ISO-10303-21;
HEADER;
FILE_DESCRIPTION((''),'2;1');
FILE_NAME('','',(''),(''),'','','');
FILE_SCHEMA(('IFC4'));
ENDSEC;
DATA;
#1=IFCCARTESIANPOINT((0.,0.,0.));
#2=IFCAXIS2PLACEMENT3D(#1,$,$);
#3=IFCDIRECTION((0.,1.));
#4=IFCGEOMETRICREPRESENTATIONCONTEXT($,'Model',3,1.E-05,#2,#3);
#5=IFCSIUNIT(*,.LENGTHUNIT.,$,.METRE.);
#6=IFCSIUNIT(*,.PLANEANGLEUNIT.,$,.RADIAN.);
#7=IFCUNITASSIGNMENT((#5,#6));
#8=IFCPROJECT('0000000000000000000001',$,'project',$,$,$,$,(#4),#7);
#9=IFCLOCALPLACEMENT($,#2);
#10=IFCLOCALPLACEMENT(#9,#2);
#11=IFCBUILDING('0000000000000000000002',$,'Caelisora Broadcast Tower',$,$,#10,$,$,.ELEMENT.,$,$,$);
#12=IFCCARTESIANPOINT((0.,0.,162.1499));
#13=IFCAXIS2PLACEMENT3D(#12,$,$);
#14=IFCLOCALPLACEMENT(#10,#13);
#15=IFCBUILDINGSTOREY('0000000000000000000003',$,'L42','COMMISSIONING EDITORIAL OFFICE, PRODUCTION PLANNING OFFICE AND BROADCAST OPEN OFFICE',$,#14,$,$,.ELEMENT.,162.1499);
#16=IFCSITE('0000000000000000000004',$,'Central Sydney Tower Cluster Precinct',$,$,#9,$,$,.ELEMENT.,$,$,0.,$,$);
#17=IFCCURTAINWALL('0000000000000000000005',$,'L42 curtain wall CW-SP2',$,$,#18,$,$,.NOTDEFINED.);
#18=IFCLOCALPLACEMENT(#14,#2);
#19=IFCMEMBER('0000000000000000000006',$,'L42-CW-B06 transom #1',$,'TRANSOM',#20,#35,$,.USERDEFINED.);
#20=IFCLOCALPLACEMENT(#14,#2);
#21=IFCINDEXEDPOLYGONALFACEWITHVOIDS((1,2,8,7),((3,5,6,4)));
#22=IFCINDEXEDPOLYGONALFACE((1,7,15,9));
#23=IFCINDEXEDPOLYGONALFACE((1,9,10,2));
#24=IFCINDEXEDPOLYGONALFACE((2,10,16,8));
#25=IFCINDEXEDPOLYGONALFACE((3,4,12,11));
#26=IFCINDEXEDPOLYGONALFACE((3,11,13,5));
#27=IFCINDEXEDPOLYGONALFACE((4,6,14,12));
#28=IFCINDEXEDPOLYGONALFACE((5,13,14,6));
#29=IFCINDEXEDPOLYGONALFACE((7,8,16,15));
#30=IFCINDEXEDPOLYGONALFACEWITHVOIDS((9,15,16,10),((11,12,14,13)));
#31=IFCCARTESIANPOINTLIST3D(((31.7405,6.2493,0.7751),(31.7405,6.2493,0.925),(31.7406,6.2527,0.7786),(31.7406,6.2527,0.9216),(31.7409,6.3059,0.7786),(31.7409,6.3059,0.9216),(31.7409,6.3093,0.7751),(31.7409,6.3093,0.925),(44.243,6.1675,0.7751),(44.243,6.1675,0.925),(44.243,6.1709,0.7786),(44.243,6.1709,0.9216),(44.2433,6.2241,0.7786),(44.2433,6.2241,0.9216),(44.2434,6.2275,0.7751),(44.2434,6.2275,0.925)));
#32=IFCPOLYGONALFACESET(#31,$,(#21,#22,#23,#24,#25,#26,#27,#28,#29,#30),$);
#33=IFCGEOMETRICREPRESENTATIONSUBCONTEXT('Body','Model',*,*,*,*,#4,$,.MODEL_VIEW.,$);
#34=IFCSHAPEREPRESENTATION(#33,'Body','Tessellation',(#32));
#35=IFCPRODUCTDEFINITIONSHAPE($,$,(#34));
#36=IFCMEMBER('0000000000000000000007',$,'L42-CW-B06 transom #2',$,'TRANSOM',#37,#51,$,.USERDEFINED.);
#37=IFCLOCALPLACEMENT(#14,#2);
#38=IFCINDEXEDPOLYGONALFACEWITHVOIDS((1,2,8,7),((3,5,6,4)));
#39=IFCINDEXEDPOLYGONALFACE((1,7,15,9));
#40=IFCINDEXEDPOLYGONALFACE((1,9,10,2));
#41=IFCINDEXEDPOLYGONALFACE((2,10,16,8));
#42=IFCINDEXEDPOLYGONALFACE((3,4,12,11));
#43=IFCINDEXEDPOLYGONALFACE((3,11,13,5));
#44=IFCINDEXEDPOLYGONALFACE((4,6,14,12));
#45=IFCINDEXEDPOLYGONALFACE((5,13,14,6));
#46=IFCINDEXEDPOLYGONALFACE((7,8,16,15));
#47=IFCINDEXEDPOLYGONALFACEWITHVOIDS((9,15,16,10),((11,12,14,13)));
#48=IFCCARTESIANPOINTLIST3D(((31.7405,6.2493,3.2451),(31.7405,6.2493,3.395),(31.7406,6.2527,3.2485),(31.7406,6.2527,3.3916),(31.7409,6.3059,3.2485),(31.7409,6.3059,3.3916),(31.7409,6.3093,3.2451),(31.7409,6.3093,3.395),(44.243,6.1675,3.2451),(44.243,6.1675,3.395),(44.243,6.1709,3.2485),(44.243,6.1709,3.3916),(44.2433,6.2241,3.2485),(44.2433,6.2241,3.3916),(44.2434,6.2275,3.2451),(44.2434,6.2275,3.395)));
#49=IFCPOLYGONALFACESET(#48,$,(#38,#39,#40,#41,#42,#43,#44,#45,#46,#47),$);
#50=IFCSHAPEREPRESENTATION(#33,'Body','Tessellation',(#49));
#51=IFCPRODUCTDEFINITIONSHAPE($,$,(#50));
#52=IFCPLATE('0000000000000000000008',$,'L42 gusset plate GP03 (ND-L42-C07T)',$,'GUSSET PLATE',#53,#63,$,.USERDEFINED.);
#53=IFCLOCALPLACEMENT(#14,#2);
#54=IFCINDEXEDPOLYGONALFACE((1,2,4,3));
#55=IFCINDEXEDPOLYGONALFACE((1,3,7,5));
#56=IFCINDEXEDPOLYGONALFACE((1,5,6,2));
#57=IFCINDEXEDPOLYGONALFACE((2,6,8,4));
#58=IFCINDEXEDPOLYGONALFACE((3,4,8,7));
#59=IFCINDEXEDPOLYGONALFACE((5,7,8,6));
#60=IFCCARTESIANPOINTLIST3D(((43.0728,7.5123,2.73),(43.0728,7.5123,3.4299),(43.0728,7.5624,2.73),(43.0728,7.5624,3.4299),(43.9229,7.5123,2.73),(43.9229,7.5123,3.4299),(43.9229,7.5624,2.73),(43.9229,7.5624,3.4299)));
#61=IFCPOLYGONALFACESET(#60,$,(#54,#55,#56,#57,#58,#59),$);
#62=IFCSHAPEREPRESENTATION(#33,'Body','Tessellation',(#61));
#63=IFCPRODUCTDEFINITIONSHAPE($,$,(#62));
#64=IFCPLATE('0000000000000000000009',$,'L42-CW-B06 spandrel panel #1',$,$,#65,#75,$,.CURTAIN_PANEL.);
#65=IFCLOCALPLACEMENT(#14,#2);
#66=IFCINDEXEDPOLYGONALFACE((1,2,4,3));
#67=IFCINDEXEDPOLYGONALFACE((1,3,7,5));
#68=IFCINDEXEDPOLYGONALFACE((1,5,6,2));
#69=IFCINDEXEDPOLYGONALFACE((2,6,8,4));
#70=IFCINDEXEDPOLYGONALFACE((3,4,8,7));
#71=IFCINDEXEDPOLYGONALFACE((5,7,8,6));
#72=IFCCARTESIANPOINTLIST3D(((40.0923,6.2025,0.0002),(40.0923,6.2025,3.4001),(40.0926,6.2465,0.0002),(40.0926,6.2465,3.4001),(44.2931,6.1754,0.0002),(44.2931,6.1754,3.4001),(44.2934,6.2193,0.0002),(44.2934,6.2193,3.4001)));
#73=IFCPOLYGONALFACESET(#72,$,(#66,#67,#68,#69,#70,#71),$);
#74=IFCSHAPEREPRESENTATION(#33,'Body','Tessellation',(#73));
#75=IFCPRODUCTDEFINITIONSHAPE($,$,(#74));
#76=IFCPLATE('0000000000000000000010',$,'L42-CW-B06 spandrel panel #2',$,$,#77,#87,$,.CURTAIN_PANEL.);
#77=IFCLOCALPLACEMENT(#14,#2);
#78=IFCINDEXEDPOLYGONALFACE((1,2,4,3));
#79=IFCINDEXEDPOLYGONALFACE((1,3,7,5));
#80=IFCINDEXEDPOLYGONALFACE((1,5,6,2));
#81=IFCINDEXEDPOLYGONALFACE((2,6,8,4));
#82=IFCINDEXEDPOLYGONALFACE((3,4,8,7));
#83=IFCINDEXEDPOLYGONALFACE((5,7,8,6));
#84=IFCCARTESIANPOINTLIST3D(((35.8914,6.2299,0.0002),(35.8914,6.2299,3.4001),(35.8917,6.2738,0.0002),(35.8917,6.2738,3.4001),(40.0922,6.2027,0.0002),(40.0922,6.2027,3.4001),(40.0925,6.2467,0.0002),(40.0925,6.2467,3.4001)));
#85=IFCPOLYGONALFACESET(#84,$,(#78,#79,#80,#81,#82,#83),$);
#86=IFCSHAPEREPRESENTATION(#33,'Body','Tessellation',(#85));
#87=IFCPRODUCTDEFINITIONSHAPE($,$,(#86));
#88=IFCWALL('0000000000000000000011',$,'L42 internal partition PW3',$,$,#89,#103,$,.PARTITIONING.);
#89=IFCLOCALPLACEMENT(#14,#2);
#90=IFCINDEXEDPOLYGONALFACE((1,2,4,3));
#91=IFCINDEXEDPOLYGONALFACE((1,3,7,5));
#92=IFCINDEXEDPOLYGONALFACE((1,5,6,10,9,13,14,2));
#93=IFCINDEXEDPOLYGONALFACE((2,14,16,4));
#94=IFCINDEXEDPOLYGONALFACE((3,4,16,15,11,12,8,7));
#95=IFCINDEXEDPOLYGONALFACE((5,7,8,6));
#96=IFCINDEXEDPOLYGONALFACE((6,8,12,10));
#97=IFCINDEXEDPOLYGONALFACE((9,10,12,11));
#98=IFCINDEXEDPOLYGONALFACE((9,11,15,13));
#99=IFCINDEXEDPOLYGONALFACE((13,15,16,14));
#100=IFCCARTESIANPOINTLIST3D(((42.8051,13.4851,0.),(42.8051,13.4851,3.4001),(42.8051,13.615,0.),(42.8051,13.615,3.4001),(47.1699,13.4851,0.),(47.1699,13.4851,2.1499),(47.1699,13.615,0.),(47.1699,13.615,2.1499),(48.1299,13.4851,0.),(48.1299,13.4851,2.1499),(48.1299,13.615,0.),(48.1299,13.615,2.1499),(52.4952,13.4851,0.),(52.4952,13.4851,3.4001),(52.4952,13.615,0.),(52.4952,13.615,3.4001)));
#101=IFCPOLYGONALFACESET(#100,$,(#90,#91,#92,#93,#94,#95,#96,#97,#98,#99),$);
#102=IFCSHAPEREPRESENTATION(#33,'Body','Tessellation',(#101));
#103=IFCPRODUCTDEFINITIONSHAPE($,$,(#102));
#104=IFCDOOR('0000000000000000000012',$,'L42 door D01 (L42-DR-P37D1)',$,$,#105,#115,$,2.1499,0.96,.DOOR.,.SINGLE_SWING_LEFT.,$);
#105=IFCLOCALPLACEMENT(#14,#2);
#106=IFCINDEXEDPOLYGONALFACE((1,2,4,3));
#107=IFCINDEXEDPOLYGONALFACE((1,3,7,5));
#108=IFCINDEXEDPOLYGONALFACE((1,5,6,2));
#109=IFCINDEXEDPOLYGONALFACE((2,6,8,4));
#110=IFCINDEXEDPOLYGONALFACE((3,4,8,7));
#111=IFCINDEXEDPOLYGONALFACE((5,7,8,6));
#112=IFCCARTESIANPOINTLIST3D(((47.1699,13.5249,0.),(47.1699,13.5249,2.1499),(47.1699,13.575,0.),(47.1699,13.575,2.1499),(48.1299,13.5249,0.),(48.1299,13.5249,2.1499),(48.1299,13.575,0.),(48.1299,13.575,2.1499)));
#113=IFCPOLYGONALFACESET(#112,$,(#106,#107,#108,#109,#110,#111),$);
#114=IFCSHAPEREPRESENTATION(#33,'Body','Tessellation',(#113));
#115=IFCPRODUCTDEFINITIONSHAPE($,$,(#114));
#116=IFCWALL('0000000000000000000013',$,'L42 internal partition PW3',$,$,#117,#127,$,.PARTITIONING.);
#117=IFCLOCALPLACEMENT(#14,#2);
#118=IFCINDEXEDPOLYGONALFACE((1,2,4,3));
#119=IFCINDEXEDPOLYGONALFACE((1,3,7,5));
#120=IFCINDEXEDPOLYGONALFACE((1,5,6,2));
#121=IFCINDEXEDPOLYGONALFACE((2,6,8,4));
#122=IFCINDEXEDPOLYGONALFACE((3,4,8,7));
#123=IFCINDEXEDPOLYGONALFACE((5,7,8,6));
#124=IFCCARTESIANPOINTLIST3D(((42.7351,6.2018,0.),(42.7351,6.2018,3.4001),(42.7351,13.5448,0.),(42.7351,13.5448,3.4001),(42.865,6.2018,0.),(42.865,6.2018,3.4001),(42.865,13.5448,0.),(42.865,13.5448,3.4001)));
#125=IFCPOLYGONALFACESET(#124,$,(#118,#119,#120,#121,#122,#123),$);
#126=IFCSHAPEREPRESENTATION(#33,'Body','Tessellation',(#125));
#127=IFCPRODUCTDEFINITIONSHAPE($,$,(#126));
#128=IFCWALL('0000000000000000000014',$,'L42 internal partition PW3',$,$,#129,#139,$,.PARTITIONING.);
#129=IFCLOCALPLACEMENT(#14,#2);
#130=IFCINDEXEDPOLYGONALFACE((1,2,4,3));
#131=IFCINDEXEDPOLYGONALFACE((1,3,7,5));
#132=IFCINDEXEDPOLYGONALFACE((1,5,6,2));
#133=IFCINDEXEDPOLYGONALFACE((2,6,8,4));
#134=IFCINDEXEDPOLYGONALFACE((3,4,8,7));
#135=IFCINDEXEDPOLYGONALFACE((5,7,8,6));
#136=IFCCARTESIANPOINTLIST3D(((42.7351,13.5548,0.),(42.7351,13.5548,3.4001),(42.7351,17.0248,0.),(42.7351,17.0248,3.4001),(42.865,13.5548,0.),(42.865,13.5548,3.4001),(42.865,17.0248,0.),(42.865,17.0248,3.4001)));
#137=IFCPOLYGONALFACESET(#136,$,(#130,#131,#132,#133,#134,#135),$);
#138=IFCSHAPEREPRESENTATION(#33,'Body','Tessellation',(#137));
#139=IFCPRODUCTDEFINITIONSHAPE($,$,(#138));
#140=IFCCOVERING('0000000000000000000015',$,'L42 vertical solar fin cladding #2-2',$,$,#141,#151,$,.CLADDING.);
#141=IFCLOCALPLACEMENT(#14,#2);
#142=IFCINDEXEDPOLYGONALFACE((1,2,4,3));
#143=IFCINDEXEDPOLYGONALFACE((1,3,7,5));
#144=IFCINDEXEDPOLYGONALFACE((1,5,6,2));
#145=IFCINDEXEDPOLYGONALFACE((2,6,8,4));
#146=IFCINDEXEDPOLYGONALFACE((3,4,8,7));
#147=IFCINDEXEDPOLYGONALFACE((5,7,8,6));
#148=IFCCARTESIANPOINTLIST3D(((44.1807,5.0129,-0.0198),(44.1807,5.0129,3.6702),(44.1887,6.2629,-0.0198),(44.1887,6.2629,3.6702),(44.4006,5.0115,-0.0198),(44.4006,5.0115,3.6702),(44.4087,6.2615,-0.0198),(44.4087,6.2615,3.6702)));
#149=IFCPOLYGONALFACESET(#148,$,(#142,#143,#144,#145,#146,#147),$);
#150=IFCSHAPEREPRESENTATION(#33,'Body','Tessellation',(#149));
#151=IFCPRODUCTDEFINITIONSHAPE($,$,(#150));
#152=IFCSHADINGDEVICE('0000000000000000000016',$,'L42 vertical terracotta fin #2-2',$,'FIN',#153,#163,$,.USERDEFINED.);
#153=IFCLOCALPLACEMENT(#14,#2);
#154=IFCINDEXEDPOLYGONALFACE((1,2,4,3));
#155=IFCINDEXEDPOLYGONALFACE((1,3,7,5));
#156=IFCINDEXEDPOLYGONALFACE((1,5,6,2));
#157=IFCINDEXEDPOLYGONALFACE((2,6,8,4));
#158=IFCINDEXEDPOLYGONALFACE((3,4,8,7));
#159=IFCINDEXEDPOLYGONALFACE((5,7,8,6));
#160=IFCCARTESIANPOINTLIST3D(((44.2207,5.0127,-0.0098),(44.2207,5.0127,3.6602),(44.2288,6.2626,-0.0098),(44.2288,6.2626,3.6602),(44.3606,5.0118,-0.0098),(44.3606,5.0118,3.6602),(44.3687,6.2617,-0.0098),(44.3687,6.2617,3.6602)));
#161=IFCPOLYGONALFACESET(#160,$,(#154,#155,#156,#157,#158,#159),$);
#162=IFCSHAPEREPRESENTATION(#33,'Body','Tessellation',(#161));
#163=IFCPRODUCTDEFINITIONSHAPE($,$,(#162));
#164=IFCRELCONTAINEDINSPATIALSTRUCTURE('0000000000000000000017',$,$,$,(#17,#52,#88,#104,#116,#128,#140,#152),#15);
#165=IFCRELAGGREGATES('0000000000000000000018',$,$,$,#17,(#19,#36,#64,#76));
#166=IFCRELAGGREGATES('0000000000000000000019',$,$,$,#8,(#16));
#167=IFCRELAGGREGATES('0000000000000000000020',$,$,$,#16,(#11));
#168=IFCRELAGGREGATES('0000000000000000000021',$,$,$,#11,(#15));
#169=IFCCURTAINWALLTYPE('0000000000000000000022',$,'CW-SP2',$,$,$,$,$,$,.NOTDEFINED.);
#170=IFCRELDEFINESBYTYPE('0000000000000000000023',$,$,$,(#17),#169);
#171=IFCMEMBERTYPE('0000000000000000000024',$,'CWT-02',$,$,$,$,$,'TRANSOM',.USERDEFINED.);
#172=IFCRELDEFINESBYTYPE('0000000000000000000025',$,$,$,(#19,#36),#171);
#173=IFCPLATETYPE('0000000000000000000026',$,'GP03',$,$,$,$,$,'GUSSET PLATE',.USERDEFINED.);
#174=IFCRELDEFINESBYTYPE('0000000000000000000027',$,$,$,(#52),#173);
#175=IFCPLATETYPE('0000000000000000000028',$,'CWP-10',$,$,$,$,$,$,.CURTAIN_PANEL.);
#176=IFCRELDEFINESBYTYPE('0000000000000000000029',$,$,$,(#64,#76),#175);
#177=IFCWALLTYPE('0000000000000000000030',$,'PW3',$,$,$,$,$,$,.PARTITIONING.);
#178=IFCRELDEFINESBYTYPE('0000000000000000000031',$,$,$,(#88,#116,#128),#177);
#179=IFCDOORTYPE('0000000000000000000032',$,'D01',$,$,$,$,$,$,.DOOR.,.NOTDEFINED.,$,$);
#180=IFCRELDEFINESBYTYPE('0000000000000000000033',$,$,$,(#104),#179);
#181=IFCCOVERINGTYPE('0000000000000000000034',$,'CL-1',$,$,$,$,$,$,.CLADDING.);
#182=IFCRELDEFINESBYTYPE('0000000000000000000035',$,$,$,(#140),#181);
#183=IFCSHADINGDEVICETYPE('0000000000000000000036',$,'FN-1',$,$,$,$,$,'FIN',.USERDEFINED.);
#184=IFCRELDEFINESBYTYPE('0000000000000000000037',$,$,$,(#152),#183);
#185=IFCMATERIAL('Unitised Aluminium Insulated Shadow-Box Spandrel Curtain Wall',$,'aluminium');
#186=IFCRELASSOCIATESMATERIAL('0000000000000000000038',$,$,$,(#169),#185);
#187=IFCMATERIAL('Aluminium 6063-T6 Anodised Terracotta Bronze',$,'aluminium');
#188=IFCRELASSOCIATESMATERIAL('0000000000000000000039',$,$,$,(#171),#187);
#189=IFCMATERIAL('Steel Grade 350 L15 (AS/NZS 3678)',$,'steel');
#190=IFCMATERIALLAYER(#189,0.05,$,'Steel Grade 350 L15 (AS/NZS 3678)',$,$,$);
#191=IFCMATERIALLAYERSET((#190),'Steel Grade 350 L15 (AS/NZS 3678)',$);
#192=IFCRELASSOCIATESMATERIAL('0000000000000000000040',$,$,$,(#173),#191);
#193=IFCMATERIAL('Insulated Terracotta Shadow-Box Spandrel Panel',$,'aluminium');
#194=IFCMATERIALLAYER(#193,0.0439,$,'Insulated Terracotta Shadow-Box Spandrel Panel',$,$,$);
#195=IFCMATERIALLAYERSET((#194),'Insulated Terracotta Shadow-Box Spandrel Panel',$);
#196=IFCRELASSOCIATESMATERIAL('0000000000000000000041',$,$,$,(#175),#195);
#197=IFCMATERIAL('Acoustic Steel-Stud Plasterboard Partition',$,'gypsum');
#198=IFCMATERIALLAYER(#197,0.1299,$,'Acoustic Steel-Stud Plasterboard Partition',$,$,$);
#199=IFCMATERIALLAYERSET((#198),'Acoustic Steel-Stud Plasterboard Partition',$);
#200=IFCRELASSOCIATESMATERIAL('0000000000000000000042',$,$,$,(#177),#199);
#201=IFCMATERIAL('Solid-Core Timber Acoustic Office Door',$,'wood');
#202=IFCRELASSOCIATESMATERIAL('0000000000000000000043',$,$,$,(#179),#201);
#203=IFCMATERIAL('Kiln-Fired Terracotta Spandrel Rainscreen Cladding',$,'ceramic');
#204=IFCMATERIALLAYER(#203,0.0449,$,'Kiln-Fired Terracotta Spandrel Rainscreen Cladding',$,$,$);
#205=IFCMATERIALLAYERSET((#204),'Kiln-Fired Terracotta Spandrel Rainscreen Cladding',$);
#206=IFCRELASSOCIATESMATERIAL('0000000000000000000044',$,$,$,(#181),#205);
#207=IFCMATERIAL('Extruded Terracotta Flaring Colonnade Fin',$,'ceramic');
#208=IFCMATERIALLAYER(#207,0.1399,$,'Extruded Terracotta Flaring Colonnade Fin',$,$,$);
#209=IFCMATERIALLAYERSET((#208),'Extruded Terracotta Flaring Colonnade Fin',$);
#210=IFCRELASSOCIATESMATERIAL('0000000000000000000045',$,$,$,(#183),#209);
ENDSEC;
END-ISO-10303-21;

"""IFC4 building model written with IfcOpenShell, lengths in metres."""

from ifc_helpers import new_model, si_unit, direction, frame, frame_2d, origin, origin_2d, place, context, subcontext, project, spatial, rectangle, hollow_rectangle, extrude, source, transform, mapped, material, layer, layer_set, material_profile, profile_set, type_object, type_shapes, element, fill, aggregate, save


model = new_model("IFC4")

# Units and contexts
model_context = context("Model", 3, precision=1e-05, world=origin(), true_north=direction((0.0, 1.0)))
body_context = subcontext(model_context, "Body", "Model", "MODEL_VIEW")
ifc_project = project(units=[si_unit("LENGTHUNIT", "METRE"), si_unit("PLANEANGLEUNIT", "RADIAN")], contexts=[model_context])

# Site, building, storey
site_placement = place(None, origin())
site = spatial("IfcSite", under=ifc_project, at=site_placement, Name="Central Sydney Tower Cluster Precinct", CompositionType="ELEMENT", RefElevation=0.0)
building_placement = place(site_placement, origin())
building = spatial("IfcBuilding", under=site, at=building_placement, Name="Caelisora Broadcast Tower", CompositionType="ELEMENT")
storey_placement = place(building_placement, frame((0.0, 0.0, 162.1499)))
storey = spatial("IfcBuildingStorey", under=building, at=storey_placement, Name="L42", Description="COMMISSIONING EDITORIAL OFFICE, PRODUCTION PLANNING OFFICE AND BROADCAST OPEN OFFICE", CompositionType="ELEMENT", Elevation=162.1499)

# Shared definitions
ifc_material_1 = material(Name="Steel Grade 350 L15 (AS/NZS 3678)", Category="steel")

# Shared definitions
ifc_material_2 = material(Name="Aluminium 6063-T6 Anodised Terracotta Bronze", Category="aluminium")

# Curtain wall, members
ifc_material_3 = material(Name="Unitised Aluminium Insulated Shadow-Box Spandrel Curtain Wall", Category="aluminium")
curtain_wall_type_1 = type_object("IfcCurtainWallType", Name="CW-SP2", PredefinedType="NOTDEFINED", material=ifc_material_3)
curtain_wall_1_placement = place(storey_placement, origin())
curtain_wall_1 = element("IfcCurtainWall", 1, at=curtain_wall_1_placement, inside=storey, type_object=curtain_wall_type_1, Name="L42 curtain wall CW-SP2", PredefinedType="NOTDEFINED")
ifc_material_profile_1 = material_profile(ifc_material_2, hollow_rectangle(XDim=0.0601, YDim=0.1499, WallThickness=0.0034, at=origin_2d()), Name="Aluminium 6063-T6 Anodised Terracotta Bronze")
ifc_profile_set_1 = profile_set([ifc_material_profile_1], Name="Aluminium 6063-T6 Anodised Terracotta Bronze")
member_type_1 = type_object("IfcMemberType", Name="CWT-02", ElementType="TRANSOM", PredefinedType="USERDEFINED", material=ifc_profile_set_1)
shared_shape_1 = source(origin(), body_context, "Body", "SweptSolid", [
    extrude(hollow_rectangle(XDim=0.0601, YDim=0.1499, WallThickness=0.0034, at=origin_2d()), origin(), (0.0, 0.0, 1.0), 12.5027),
])
type_shapes(member_type_1, [shared_shape_1])
member_1_placement = place(storey_placement, frame((44.2432, 6.1975, 0.8501), z_axis=(-0.999979, 0.006542, 0.0), x_axis=(-0.006542, -0.999979, 0.0)))
member_1 = element("IfcMember", 2, at=member_1_placement, type_object=member_type_1, Name="L42-CW-B06 transom #1", ObjectType="TRANSOM", PredefinedType="USERDEFINED", context=body_context, shape_type="MappedRepresentation", body=[
    mapped(shared_shape_1, transform((0.0, 0.0, 0.0), scale=1.0)),
])
member_2_placement = place(storey_placement, frame((44.2432, 6.1975, 3.3201), z_axis=(-0.999979, 0.006542, 0.0), x_axis=(-0.006542, -0.999979, 0.0)))
member_2 = element("IfcMember", 3, at=member_2_placement, type_object=member_type_1, Name="L42-CW-B06 transom #2", ObjectType="TRANSOM", PredefinedType="USERDEFINED", context=body_context, shape_type="MappedRepresentation", body=[
    mapped(shared_shape_1, transform((0.0, 0.0, 0.0), scale=1.0)),
])

# Plates
ifc_layer_1 = layer(ifc_material_1, 0.05, Name="Steel Grade 350 L15 (AS/NZS 3678)")
ifc_layer_set_1 = layer_set([ifc_layer_1], Name="Steel Grade 350 L15 (AS/NZS 3678)")
plate_type_1 = type_object("IfcPlateType", Name="GP03", ElementType="GUSSET PLATE", PredefinedType="USERDEFINED", material=ifc_layer_set_1)
shared_shape_2 = source(origin(), body_context, "Body", "SweptSolid", [
    extrude(rectangle(XDim=0.8501, YDim=0.05, at=origin_2d()), origin(), (0.0, 0.0, 1.0), 0.7),
])
type_shapes(plate_type_1, [shared_shape_2])
plate_1_placement = place(storey_placement, frame((43.4978, 7.5374, 2.73), z_axis=(0.0, 0.0, 1.0), x_axis=(1.0, 0.0, 0.0)))
element("IfcPlate", 4, at=plate_1_placement, inside=storey, type_object=plate_type_1, Name="L42 gusset plate GP03 (ND-L42-C07T)", ObjectType="GUSSET PLATE", PredefinedType="USERDEFINED", context=body_context, shape_type="MappedRepresentation", body=[
    mapped(shared_shape_2, transform((0.0, 0.0, 0.0), scale=1.0)),
])
ifc_material_4 = material(Name="Insulated Terracotta Shadow-Box Spandrel Panel", Category="aluminium")
ifc_layer_2 = layer(ifc_material_4, 0.0439, Name="Insulated Terracotta Shadow-Box Spandrel Panel")
ifc_layer_set_2 = layer_set([ifc_layer_2], Name="Insulated Terracotta Shadow-Box Spandrel Panel")
plate_type_2 = type_object("IfcPlateType", Name="CWP-10", PredefinedType="CURTAIN_PANEL", material=ifc_layer_set_2)
shared_shape_3 = source(origin(), body_context, "Body", "SweptSolid", [
    extrude(rectangle(XDim=4.2009, YDim=0.0439, at=origin_2d()), origin(), (0.0, 0.0, 1.0), 3.3999),
])
type_shapes(plate_type_2, [shared_shape_3])
plate_2_placement = place(storey_placement, frame((42.1929, 6.2109, 0.0002), z_axis=(0.0, 0.0, 1.0), x_axis=(-0.999979, 0.006458, 0.0)))
plate_2 = element("IfcPlate", 5, at=plate_2_placement, type_object=plate_type_2, Name="L42-CW-B06 spandrel panel #1", PredefinedType="CURTAIN_PANEL", context=body_context, shape_type="MappedRepresentation", body=[
    mapped(shared_shape_3, transform((0.0, 0.0, 0.0), scale=1.0)),
])
plate_3_placement = place(storey_placement, frame((37.9919, 6.2383, 0.0002), z_axis=(0.0, 0.0, 1.0), x_axis=(-0.999979, 0.006458, 0.0)))
plate_3 = element("IfcPlate", 6, at=plate_3_placement, type_object=plate_type_2, Name="L42-CW-B06 spandrel panel #2", PredefinedType="CURTAIN_PANEL", context=body_context, shape_type="MappedRepresentation", body=[
    mapped(shared_shape_3, transform((0.0, 0.0, 0.0), scale=1.0)),
])
aggregate(curtain_wall_1, [member_1, member_2, plate_2, plate_3])

# Wall, opening, door
ifc_material_5 = material(Name="Acoustic Steel-Stud Plasterboard Partition", Category="gypsum")
ifc_layer_3 = layer(ifc_material_5, 0.1299, Name="Acoustic Steel-Stud Plasterboard Partition")
ifc_layer_set_3 = layer_set([ifc_layer_3], Name="Acoustic Steel-Stud Plasterboard Partition")
wall_type = type_object("IfcWallType", Name="PW3", PredefinedType="PARTITIONING", material=ifc_layer_set_3)
wall_1_placement = place(storey_placement, frame((42.8049, 13.55, 0.0), z_axis=(0.0, 0.0, 1.0), x_axis=(1.0, 0.0, 0.0)))
wall_1 = element("IfcWall", 7, at=wall_1_placement, inside=storey, type_object=wall_type, Name="L42 internal partition PW3", PredefinedType="PARTITIONING", context=body_context, shape_type="SweptSolid", body=[
    extrude(rectangle(XDim=9.6902, YDim=0.1299, at=frame_2d((4.8452, 0.0))), origin(), (0.0, 0.0, 1.0), 3.4001),
])
opening_placement = place(wall_1_placement, frame((4.365, 0.0, 0.0)))
opening = element("IfcOpeningElement", 8, at=opening_placement, cuts=wall_1, PredefinedType="OPENING", context=body_context, shape_type="SweptSolid", body=[
    extrude(rectangle(XDim=0.96, YDim=2.1499, at=frame_2d((0.48, 1.075))), frame((0.0, 0.0769, 0.0), z_axis=(0.0, -1.0, 0.0), x_axis=(1.0, 0.0, 0.0)), (0.0, 0.0, 1.0), 0.1538),
])
ifc_material_6 = material(Name="Solid-Core Timber Acoustic Office Door", Category="wood")
door_type = type_object("IfcDoorType", Name="D01", OperationType="NOTDEFINED", PredefinedType="DOOR", material=ifc_material_6)
door_placement = place(opening_placement, origin())
door = element("IfcDoor", 9, at=door_placement, inside=storey, type_object=door_type, Name="L42 door D01 (L42-DR-P37D1)", OperationType="SINGLE_SWING_LEFT", OverallHeight=2.1499, OverallWidth=0.96, PredefinedType="DOOR", context=body_context, shape_type="SweptSolid", body=[
    extrude(rectangle(XDim=0.96, YDim=2.1499, at=frame_2d((0.48, 1.075))), frame((0.0, 0.0249, 0.0), z_axis=(0.0, -1.0, 0.0), x_axis=(1.0, 0.0, 0.0)), (0.0, 0.0, 1.0), 0.05),
])
fill(opening, door)

# Walls
wall_2_placement = place(storey_placement, frame((42.8, 6.2019, 0.0), z_axis=(0.0, 0.0, 1.0), x_axis=(0.0, 1.0, 0.0)))
element("IfcWall", 10, at=wall_2_placement, inside=storey, type_object=wall_type, Name="L42 internal partition PW3", PredefinedType="PARTITIONING", context=body_context, shape_type="SweptSolid", body=[
    extrude(rectangle(XDim=7.343, YDim=0.1299, at=frame_2d((3.6714, 0.0))), origin(), (0.0, 0.0, 1.0), 3.4001),
])
wall_3_placement = place(storey_placement, frame((42.8, 13.5549, 0.0), z_axis=(0.0, 0.0, 1.0), x_axis=(0.0, 1.0, 0.0)))
element("IfcWall", 11, at=wall_3_placement, inside=storey, type_object=wall_type, Name="L42 internal partition PW3", PredefinedType="PARTITIONING", context=body_context, shape_type="SweptSolid", body=[
    extrude(rectangle(XDim=3.47, YDim=0.1299, at=frame_2d((1.7349, 0.0))), origin(), (0.0, 0.0, 1.0), 3.4001),
])

# Covering
ifc_material_7 = material(Name="Kiln-Fired Terracotta Spandrel Rainscreen Cladding", Category="ceramic")
ifc_layer_4 = layer(ifc_material_7, 0.0449, Name="Kiln-Fired Terracotta Spandrel Rainscreen Cladding")
ifc_layer_set_4 = layer_set([ifc_layer_4], Name="Kiln-Fired Terracotta Spandrel Rainscreen Cladding")
covering_type = type_object("IfcCoveringType", Name="CL-1", PredefinedType="CLADDING", material=ifc_layer_set_4)
shared_shape_4 = source(origin(), body_context, "Body", "SweptSolid", [
    extrude(rectangle(XDim=0.22, YDim=1.25, at=origin_2d()), origin(), (0.0, 0.0, 1.0), 3.6899),
])
covering_1_placement = place(storey_placement, frame((44.2947, 5.6372, -0.0198), z_axis=(0.0, 0.0, 1.0), x_axis=(-0.999979, 0.006458, 0.0)))
element("IfcCovering", 12, at=covering_1_placement, inside=storey, type_object=covering_type, Name="L42 vertical solar fin cladding #2-2", PredefinedType="CLADDING", context=body_context, shape_type="MappedRepresentation", body=[
    mapped(shared_shape_4, transform((0.0, 0.0, 0.0), scale=1.0)),
])

# Shading device
ifc_material_8 = material(Name="Extruded Terracotta Flaring Colonnade Fin", Category="ceramic")
ifc_layer_5 = layer(ifc_material_8, 0.1399, Name="Extruded Terracotta Flaring Colonnade Fin")
ifc_layer_set_5 = layer_set([ifc_layer_5], Name="Extruded Terracotta Flaring Colonnade Fin")
shading_device_type_1 = type_object("IfcShadingDeviceType", Name="FN-1", ElementType="FIN", PredefinedType="USERDEFINED", material=ifc_layer_set_5)
shared_shape_5 = source(origin(), body_context, "Body", "SweptSolid", [
    extrude(rectangle(XDim=0.1399, YDim=1.25, at=origin_2d()), origin(), (0.0, 0.0, 1.0), 3.6699),
])
type_shapes(shading_device_type_1, [shared_shape_5])
shading_device_1_placement = place(storey_placement, frame((44.2947, 5.6372, -0.0098), z_axis=(0.0, 0.0, 1.0), x_axis=(-0.999979, 0.006458, 0.0)))
element("IfcShadingDevice", 13, at=shading_device_1_placement, inside=storey, type_object=shading_device_type_1, Name="L42 vertical terracotta fin #2-2", ObjectType="FIN", PredefinedType="USERDEFINED", context=body_context, shape_type="MappedRepresentation", body=[
    mapped(shared_shape_5, transform((0.0, 0.0, 0.0), scale=1.0)),
])

save(model, "model.ifc")
